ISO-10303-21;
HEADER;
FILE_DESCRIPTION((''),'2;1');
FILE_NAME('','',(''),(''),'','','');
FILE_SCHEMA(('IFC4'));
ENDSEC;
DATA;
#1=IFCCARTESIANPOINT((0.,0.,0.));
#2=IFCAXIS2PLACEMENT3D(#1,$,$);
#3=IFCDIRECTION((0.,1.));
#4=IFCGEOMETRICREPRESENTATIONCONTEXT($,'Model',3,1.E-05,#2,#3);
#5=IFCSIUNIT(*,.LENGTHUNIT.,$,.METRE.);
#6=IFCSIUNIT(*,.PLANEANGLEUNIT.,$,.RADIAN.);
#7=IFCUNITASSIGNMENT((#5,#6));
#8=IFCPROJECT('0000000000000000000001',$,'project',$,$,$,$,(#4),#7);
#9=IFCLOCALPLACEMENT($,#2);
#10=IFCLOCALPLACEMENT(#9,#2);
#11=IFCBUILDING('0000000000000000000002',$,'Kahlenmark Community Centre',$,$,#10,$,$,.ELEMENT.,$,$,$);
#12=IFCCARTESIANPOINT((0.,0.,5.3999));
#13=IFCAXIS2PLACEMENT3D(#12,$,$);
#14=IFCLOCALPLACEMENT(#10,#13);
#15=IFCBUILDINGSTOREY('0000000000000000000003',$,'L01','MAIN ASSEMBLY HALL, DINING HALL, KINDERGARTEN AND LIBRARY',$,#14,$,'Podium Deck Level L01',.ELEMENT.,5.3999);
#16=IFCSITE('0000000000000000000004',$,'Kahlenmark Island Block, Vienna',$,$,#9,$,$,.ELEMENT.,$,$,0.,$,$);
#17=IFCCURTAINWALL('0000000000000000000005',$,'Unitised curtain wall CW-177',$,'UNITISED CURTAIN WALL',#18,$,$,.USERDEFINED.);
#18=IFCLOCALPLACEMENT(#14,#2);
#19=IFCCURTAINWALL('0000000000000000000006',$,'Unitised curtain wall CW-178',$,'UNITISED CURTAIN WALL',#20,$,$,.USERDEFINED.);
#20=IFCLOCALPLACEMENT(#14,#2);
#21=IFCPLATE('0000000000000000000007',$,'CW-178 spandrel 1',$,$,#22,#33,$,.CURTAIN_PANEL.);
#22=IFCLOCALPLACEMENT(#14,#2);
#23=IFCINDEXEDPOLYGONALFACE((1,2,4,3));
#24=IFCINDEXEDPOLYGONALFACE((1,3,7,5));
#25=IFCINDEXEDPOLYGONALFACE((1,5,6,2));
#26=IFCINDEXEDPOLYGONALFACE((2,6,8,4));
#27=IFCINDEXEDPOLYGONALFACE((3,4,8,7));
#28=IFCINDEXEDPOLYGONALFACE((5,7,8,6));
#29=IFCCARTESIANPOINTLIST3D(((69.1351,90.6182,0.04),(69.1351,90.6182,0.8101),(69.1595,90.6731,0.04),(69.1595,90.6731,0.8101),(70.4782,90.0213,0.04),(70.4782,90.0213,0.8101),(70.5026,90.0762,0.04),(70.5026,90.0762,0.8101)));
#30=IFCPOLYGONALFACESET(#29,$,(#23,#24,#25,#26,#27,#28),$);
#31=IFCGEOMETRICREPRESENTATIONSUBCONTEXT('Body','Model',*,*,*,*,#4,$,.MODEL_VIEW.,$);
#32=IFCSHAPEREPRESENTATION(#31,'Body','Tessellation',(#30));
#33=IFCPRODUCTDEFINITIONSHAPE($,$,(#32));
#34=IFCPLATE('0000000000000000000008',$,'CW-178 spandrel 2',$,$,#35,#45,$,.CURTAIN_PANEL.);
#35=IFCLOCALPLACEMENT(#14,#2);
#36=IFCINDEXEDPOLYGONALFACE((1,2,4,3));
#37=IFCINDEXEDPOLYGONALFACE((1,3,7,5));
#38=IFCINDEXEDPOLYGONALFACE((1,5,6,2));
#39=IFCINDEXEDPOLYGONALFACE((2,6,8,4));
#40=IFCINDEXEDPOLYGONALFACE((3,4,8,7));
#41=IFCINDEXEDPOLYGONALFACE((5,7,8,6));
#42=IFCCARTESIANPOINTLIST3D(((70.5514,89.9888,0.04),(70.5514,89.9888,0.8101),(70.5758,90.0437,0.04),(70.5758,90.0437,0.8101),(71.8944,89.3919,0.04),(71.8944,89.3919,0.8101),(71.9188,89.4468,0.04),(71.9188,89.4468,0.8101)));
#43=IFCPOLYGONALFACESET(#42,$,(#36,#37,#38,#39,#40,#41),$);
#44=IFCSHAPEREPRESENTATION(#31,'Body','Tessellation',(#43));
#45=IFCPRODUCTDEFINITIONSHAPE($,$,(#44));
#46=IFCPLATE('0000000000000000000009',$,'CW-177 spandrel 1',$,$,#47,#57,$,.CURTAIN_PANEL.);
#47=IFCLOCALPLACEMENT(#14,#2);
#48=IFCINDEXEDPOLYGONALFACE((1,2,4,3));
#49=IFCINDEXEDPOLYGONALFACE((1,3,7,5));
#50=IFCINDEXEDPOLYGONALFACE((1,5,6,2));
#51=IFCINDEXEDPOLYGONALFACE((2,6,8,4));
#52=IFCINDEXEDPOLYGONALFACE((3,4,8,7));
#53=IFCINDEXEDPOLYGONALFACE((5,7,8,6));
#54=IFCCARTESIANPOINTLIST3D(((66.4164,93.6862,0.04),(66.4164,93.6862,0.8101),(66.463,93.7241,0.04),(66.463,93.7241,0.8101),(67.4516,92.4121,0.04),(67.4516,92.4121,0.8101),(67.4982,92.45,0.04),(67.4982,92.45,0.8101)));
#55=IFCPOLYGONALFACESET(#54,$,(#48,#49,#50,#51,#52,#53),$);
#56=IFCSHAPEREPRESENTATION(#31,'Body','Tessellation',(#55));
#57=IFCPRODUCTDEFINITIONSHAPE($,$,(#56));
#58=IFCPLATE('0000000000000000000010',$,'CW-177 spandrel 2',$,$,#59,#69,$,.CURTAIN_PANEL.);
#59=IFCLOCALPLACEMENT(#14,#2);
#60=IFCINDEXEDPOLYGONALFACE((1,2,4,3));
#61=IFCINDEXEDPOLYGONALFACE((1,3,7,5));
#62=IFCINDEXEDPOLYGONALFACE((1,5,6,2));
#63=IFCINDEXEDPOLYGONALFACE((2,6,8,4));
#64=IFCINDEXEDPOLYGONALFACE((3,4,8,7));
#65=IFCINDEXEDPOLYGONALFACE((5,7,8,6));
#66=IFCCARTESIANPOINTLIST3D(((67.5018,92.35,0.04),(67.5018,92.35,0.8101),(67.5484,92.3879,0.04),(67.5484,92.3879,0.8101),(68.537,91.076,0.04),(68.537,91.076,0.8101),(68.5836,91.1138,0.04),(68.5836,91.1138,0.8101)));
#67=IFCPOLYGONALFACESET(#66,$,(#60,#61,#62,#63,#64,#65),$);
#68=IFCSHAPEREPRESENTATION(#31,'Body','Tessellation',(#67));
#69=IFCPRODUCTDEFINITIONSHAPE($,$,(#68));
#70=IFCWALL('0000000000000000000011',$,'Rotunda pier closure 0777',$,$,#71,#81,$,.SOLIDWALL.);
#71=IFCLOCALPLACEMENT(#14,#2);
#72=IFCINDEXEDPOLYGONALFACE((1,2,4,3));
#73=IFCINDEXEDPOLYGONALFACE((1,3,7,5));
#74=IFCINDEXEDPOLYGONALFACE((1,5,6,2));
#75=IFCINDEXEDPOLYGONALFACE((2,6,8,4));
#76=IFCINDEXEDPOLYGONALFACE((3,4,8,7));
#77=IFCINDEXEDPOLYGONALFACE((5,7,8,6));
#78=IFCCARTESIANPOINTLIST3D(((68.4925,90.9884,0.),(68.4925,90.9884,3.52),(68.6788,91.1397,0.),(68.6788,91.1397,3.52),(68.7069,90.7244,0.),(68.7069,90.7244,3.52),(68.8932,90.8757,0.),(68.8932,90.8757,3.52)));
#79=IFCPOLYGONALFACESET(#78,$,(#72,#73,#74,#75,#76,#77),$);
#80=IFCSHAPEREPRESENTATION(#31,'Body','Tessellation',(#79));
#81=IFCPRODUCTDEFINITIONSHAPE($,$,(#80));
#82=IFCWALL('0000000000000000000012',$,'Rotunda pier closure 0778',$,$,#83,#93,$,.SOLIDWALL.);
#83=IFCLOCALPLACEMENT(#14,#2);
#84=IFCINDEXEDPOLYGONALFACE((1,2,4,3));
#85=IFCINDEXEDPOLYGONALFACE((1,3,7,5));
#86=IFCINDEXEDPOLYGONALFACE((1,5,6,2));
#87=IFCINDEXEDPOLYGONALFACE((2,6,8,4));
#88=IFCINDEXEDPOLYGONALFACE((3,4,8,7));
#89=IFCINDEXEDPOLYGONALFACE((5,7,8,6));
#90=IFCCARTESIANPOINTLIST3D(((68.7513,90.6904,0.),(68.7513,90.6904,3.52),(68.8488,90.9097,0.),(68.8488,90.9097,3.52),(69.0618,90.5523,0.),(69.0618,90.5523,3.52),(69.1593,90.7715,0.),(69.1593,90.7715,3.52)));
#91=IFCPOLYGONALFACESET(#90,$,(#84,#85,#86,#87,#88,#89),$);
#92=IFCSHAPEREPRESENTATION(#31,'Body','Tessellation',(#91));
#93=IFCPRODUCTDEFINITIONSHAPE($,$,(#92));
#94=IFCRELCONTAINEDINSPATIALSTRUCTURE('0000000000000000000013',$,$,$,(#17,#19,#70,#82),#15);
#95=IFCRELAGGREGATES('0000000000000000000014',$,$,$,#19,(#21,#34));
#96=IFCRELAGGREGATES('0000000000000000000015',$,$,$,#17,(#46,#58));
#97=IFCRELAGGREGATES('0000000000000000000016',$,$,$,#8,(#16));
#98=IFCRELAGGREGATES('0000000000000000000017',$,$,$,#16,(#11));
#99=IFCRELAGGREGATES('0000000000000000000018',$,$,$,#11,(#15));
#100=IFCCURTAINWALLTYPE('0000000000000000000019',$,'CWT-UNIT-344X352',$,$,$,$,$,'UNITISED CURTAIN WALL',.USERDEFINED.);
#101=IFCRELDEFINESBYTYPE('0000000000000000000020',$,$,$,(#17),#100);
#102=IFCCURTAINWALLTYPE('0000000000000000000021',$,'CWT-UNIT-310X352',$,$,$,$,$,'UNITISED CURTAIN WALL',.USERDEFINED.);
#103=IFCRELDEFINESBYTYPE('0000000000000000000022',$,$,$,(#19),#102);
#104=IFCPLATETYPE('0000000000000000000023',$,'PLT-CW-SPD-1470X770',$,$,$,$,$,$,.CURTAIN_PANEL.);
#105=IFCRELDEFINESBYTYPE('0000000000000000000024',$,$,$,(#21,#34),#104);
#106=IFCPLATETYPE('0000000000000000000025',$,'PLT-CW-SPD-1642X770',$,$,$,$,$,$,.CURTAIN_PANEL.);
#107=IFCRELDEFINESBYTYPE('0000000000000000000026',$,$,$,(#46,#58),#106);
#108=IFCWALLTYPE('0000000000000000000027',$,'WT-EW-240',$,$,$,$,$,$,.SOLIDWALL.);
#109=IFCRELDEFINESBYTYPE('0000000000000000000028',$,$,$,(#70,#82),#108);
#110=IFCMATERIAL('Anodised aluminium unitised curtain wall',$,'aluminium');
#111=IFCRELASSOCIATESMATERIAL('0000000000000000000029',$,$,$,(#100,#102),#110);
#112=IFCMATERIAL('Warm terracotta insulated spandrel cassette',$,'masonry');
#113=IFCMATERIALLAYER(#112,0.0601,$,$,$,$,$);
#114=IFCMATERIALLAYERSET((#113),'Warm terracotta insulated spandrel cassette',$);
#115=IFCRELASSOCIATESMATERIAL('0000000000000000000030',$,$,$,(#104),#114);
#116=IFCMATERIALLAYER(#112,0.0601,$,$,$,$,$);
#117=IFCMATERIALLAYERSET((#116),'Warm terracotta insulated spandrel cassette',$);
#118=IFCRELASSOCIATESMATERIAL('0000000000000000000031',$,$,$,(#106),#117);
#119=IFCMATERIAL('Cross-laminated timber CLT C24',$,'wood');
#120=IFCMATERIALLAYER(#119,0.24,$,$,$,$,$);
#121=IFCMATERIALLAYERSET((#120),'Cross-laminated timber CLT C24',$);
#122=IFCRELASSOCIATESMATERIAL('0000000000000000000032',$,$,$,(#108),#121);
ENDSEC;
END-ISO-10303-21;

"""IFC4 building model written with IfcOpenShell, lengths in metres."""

from ifc_helpers import new_model, si_unit, direction, frame, frame_2d, origin, origin_2d, place, context, subcontext, project, spatial, rectangle, extrude, material, layer, layer_set, type_object, element, aggregate, save


model = new_model("IFC4")

# Units and contexts
model_context = context("Model", 3, precision=1e-05, world=origin(), true_north=direction((0.0, 1.0)))
body_context = subcontext(model_context, "Body", "Model", "MODEL_VIEW")
ifc_project = project(units=[si_unit("LENGTHUNIT", "METRE"), si_unit("PLANEANGLEUNIT", "RADIAN")], contexts=[model_context])

# Site, building, storey
site_placement = place(None, origin())
site = spatial("IfcSite", under=ifc_project, at=site_placement, Name="Kahlenmark Island Block, Vienna", CompositionType="ELEMENT", RefElevation=0.0)
building_placement = place(site_placement, origin())
building = spatial("IfcBuilding", under=site, at=building_placement, Name="Kahlenmark Community Centre", CompositionType="ELEMENT")
storey_placement = place(building_placement, frame((0.0, 0.0, 5.3999)))
storey = spatial("IfcBuildingStorey", under=building, at=storey_placement, Name="L01", Description="MAIN ASSEMBLY HALL, DINING HALL, KINDERGARTEN AND LIBRARY", LongName="Podium Deck Level L01", CompositionType="ELEMENT", Elevation=5.3999)

# Curtain walls
ifc_material_1 = material(Name="Anodised aluminium unitised curtain wall", Category="aluminium")
curtain_wall_type_1 = type_object("IfcCurtainWallType", Name="CWT-UNIT-344X352", ElementType="UNITISED CURTAIN WALL", PredefinedType="USERDEFINED", material=ifc_material_1)
curtain_wall_1_placement = place(storey_placement, origin())
curtain_wall_1 = element("IfcCurtainWall", 1, at=curtain_wall_1_placement, inside=storey, type_object=curtain_wall_type_1, Name="Unitised curtain wall CW-177", ObjectType="UNITISED CURTAIN WALL", PredefinedType="USERDEFINED")
curtain_wall_type_2 = type_object("IfcCurtainWallType", Name="CWT-UNIT-310X352", ElementType="UNITISED CURTAIN WALL", PredefinedType="USERDEFINED", material=ifc_material_1)
curtain_wall_2_placement = place(storey_placement, origin())
curtain_wall_2 = element("IfcCurtainWall", 2, at=curtain_wall_2_placement, inside=storey, type_object=curtain_wall_type_2, Name="Unitised curtain wall CW-178", ObjectType="UNITISED CURTAIN WALL", PredefinedType="USERDEFINED")

# Plates
ifc_material_2 = material(Name="Warm terracotta insulated spandrel cassette", Category="masonry")
ifc_layer_1 = layer(ifc_material_2, 0.0601)
ifc_layer_set_1 = layer_set([ifc_layer_1], Name="Warm terracotta insulated spandrel cassette")
plate_type_1 = type_object("IfcPlateType", Name="PLT-CW-SPD-1470X770", PredefinedType="CURTAIN_PANEL", material=ifc_layer_set_1)
plate_1_placement = place(storey_placement, frame((69.8188, 90.3472, 0.04), z_axis=(0.0, 0.0, 1.0), x_axis=(0.913817, -0.406126, 0.0)))
plate_1 = element("IfcPlate", 3, at=plate_1_placement, type_object=plate_type_1, Name="CW-178 spandrel 1", PredefinedType="CURTAIN_PANEL", context=body_context, shape_type="SweptSolid", body=[
    extrude(rectangle(XDim=1.4697, YDim=0.0601, at=origin_2d()), origin(), (0.0, 0.0, 1.0), 0.77),
])
plate_2_placement = place(storey_placement, frame((71.2351, 89.7178, 0.04), z_axis=(0.0, 0.0, 1.0), x_axis=(0.913817, -0.406126, 0.0)))
plate_2 = element("IfcPlate", 4, at=plate_2_placement, type_object=plate_type_1, Name="CW-178 spandrel 2", PredefinedType="CURTAIN_PANEL", context=body_context, shape_type="SweptSolid", body=[
    extrude(rectangle(XDim=1.4697, YDim=0.0601, at=origin_2d()), origin(), (0.0, 0.0, 1.0), 0.77),
])
aggregate(curtain_wall_2, [plate_1, plate_2])
ifc_layer_2 = layer(ifc_material_2, 0.0601)
ifc_layer_set_2 = layer_set([ifc_layer_2], Name="Warm terracotta insulated spandrel cassette")
plate_type_2 = type_object("IfcPlateType", Name="PLT-CW-SPD-1642X770", PredefinedType="CURTAIN_PANEL", material=ifc_layer_set_2)
plate_3_placement = place(storey_placement, frame((66.9573, 93.0681, 0.04), z_axis=(0.0, 0.0, 1.0), x_axis=(0.630599, -0.776109, 0.0)))
plate_3 = element("IfcPlate", 5, at=plate_3_placement, type_object=plate_type_2, Name="CW-177 spandrel 1", PredefinedType="CURTAIN_PANEL", context=body_context, shape_type="SweptSolid", body=[
    extrude(rectangle(XDim=1.6416, YDim=0.0601, at=origin_2d()), origin(), (0.0, 0.0, 1.0), 0.77),
])
plate_4_placement = place(storey_placement, frame((68.0427, 91.7319, 0.04), z_axis=(0.0, 0.0, 1.0), x_axis=(0.630599, -0.776109, 0.0)))
plate_4 = element("IfcPlate", 6, at=plate_4_placement, type_object=plate_type_2, Name="CW-177 spandrel 2", PredefinedType="CURTAIN_PANEL", context=body_context, shape_type="SweptSolid", body=[
    extrude(rectangle(XDim=1.6416, YDim=0.0601, at=origin_2d()), origin(), (0.0, 0.0, 1.0), 0.77),
])
aggregate(curtain_wall_1, [plate_3, plate_4])

# Walls
ifc_material_3 = material(Name="Cross-laminated timber CLT C24", Category="wood")
ifc_layer_3 = layer(ifc_material_3, 0.24)
ifc_layer_set_3 = layer_set([ifc_layer_3], Name="Cross-laminated timber CLT C24")
wall_type = type_object("IfcWallType", Name="WT-EW-240", PredefinedType="SOLIDWALL", material=ifc_layer_set_3)
wall_1_placement = place(storey_placement, frame((68.5857, 91.064, 0.0), z_axis=(0.0, 0.0, 1.0), x_axis=(0.630457, -0.776224, 0.0)))
element("IfcWall", 7, at=wall_1_placement, inside=storey, type_object=wall_type, Name="Rotunda pier closure 0777", PredefinedType="SOLIDWALL", context=body_context, shape_type="SweptSolid", body=[
    extrude(rectangle(XDim=0.3401, YDim=0.24, at=frame_2d((0.1699, 0.0))), origin(), (0.0, 0.0, 1.0), 3.52),
])
wall_2_placement = place(storey_placement, frame((68.8, 90.8, 0.0), z_axis=(0.0, 0.0, 1.0), x_axis=(0.913634, -0.406538, 0.0)))
element("IfcWall", 8, at=wall_2_placement, inside=storey, type_object=wall_type, Name="Rotunda pier closure 0778", PredefinedType="SOLIDWALL", context=body_context, shape_type="SweptSolid", body=[
    extrude(rectangle(XDim=0.3398, YDim=0.24, at=frame_2d((0.1699, 0.0))), origin(), (0.0, 0.0, 1.0), 3.52),
])

save(model, "model.ifc")
